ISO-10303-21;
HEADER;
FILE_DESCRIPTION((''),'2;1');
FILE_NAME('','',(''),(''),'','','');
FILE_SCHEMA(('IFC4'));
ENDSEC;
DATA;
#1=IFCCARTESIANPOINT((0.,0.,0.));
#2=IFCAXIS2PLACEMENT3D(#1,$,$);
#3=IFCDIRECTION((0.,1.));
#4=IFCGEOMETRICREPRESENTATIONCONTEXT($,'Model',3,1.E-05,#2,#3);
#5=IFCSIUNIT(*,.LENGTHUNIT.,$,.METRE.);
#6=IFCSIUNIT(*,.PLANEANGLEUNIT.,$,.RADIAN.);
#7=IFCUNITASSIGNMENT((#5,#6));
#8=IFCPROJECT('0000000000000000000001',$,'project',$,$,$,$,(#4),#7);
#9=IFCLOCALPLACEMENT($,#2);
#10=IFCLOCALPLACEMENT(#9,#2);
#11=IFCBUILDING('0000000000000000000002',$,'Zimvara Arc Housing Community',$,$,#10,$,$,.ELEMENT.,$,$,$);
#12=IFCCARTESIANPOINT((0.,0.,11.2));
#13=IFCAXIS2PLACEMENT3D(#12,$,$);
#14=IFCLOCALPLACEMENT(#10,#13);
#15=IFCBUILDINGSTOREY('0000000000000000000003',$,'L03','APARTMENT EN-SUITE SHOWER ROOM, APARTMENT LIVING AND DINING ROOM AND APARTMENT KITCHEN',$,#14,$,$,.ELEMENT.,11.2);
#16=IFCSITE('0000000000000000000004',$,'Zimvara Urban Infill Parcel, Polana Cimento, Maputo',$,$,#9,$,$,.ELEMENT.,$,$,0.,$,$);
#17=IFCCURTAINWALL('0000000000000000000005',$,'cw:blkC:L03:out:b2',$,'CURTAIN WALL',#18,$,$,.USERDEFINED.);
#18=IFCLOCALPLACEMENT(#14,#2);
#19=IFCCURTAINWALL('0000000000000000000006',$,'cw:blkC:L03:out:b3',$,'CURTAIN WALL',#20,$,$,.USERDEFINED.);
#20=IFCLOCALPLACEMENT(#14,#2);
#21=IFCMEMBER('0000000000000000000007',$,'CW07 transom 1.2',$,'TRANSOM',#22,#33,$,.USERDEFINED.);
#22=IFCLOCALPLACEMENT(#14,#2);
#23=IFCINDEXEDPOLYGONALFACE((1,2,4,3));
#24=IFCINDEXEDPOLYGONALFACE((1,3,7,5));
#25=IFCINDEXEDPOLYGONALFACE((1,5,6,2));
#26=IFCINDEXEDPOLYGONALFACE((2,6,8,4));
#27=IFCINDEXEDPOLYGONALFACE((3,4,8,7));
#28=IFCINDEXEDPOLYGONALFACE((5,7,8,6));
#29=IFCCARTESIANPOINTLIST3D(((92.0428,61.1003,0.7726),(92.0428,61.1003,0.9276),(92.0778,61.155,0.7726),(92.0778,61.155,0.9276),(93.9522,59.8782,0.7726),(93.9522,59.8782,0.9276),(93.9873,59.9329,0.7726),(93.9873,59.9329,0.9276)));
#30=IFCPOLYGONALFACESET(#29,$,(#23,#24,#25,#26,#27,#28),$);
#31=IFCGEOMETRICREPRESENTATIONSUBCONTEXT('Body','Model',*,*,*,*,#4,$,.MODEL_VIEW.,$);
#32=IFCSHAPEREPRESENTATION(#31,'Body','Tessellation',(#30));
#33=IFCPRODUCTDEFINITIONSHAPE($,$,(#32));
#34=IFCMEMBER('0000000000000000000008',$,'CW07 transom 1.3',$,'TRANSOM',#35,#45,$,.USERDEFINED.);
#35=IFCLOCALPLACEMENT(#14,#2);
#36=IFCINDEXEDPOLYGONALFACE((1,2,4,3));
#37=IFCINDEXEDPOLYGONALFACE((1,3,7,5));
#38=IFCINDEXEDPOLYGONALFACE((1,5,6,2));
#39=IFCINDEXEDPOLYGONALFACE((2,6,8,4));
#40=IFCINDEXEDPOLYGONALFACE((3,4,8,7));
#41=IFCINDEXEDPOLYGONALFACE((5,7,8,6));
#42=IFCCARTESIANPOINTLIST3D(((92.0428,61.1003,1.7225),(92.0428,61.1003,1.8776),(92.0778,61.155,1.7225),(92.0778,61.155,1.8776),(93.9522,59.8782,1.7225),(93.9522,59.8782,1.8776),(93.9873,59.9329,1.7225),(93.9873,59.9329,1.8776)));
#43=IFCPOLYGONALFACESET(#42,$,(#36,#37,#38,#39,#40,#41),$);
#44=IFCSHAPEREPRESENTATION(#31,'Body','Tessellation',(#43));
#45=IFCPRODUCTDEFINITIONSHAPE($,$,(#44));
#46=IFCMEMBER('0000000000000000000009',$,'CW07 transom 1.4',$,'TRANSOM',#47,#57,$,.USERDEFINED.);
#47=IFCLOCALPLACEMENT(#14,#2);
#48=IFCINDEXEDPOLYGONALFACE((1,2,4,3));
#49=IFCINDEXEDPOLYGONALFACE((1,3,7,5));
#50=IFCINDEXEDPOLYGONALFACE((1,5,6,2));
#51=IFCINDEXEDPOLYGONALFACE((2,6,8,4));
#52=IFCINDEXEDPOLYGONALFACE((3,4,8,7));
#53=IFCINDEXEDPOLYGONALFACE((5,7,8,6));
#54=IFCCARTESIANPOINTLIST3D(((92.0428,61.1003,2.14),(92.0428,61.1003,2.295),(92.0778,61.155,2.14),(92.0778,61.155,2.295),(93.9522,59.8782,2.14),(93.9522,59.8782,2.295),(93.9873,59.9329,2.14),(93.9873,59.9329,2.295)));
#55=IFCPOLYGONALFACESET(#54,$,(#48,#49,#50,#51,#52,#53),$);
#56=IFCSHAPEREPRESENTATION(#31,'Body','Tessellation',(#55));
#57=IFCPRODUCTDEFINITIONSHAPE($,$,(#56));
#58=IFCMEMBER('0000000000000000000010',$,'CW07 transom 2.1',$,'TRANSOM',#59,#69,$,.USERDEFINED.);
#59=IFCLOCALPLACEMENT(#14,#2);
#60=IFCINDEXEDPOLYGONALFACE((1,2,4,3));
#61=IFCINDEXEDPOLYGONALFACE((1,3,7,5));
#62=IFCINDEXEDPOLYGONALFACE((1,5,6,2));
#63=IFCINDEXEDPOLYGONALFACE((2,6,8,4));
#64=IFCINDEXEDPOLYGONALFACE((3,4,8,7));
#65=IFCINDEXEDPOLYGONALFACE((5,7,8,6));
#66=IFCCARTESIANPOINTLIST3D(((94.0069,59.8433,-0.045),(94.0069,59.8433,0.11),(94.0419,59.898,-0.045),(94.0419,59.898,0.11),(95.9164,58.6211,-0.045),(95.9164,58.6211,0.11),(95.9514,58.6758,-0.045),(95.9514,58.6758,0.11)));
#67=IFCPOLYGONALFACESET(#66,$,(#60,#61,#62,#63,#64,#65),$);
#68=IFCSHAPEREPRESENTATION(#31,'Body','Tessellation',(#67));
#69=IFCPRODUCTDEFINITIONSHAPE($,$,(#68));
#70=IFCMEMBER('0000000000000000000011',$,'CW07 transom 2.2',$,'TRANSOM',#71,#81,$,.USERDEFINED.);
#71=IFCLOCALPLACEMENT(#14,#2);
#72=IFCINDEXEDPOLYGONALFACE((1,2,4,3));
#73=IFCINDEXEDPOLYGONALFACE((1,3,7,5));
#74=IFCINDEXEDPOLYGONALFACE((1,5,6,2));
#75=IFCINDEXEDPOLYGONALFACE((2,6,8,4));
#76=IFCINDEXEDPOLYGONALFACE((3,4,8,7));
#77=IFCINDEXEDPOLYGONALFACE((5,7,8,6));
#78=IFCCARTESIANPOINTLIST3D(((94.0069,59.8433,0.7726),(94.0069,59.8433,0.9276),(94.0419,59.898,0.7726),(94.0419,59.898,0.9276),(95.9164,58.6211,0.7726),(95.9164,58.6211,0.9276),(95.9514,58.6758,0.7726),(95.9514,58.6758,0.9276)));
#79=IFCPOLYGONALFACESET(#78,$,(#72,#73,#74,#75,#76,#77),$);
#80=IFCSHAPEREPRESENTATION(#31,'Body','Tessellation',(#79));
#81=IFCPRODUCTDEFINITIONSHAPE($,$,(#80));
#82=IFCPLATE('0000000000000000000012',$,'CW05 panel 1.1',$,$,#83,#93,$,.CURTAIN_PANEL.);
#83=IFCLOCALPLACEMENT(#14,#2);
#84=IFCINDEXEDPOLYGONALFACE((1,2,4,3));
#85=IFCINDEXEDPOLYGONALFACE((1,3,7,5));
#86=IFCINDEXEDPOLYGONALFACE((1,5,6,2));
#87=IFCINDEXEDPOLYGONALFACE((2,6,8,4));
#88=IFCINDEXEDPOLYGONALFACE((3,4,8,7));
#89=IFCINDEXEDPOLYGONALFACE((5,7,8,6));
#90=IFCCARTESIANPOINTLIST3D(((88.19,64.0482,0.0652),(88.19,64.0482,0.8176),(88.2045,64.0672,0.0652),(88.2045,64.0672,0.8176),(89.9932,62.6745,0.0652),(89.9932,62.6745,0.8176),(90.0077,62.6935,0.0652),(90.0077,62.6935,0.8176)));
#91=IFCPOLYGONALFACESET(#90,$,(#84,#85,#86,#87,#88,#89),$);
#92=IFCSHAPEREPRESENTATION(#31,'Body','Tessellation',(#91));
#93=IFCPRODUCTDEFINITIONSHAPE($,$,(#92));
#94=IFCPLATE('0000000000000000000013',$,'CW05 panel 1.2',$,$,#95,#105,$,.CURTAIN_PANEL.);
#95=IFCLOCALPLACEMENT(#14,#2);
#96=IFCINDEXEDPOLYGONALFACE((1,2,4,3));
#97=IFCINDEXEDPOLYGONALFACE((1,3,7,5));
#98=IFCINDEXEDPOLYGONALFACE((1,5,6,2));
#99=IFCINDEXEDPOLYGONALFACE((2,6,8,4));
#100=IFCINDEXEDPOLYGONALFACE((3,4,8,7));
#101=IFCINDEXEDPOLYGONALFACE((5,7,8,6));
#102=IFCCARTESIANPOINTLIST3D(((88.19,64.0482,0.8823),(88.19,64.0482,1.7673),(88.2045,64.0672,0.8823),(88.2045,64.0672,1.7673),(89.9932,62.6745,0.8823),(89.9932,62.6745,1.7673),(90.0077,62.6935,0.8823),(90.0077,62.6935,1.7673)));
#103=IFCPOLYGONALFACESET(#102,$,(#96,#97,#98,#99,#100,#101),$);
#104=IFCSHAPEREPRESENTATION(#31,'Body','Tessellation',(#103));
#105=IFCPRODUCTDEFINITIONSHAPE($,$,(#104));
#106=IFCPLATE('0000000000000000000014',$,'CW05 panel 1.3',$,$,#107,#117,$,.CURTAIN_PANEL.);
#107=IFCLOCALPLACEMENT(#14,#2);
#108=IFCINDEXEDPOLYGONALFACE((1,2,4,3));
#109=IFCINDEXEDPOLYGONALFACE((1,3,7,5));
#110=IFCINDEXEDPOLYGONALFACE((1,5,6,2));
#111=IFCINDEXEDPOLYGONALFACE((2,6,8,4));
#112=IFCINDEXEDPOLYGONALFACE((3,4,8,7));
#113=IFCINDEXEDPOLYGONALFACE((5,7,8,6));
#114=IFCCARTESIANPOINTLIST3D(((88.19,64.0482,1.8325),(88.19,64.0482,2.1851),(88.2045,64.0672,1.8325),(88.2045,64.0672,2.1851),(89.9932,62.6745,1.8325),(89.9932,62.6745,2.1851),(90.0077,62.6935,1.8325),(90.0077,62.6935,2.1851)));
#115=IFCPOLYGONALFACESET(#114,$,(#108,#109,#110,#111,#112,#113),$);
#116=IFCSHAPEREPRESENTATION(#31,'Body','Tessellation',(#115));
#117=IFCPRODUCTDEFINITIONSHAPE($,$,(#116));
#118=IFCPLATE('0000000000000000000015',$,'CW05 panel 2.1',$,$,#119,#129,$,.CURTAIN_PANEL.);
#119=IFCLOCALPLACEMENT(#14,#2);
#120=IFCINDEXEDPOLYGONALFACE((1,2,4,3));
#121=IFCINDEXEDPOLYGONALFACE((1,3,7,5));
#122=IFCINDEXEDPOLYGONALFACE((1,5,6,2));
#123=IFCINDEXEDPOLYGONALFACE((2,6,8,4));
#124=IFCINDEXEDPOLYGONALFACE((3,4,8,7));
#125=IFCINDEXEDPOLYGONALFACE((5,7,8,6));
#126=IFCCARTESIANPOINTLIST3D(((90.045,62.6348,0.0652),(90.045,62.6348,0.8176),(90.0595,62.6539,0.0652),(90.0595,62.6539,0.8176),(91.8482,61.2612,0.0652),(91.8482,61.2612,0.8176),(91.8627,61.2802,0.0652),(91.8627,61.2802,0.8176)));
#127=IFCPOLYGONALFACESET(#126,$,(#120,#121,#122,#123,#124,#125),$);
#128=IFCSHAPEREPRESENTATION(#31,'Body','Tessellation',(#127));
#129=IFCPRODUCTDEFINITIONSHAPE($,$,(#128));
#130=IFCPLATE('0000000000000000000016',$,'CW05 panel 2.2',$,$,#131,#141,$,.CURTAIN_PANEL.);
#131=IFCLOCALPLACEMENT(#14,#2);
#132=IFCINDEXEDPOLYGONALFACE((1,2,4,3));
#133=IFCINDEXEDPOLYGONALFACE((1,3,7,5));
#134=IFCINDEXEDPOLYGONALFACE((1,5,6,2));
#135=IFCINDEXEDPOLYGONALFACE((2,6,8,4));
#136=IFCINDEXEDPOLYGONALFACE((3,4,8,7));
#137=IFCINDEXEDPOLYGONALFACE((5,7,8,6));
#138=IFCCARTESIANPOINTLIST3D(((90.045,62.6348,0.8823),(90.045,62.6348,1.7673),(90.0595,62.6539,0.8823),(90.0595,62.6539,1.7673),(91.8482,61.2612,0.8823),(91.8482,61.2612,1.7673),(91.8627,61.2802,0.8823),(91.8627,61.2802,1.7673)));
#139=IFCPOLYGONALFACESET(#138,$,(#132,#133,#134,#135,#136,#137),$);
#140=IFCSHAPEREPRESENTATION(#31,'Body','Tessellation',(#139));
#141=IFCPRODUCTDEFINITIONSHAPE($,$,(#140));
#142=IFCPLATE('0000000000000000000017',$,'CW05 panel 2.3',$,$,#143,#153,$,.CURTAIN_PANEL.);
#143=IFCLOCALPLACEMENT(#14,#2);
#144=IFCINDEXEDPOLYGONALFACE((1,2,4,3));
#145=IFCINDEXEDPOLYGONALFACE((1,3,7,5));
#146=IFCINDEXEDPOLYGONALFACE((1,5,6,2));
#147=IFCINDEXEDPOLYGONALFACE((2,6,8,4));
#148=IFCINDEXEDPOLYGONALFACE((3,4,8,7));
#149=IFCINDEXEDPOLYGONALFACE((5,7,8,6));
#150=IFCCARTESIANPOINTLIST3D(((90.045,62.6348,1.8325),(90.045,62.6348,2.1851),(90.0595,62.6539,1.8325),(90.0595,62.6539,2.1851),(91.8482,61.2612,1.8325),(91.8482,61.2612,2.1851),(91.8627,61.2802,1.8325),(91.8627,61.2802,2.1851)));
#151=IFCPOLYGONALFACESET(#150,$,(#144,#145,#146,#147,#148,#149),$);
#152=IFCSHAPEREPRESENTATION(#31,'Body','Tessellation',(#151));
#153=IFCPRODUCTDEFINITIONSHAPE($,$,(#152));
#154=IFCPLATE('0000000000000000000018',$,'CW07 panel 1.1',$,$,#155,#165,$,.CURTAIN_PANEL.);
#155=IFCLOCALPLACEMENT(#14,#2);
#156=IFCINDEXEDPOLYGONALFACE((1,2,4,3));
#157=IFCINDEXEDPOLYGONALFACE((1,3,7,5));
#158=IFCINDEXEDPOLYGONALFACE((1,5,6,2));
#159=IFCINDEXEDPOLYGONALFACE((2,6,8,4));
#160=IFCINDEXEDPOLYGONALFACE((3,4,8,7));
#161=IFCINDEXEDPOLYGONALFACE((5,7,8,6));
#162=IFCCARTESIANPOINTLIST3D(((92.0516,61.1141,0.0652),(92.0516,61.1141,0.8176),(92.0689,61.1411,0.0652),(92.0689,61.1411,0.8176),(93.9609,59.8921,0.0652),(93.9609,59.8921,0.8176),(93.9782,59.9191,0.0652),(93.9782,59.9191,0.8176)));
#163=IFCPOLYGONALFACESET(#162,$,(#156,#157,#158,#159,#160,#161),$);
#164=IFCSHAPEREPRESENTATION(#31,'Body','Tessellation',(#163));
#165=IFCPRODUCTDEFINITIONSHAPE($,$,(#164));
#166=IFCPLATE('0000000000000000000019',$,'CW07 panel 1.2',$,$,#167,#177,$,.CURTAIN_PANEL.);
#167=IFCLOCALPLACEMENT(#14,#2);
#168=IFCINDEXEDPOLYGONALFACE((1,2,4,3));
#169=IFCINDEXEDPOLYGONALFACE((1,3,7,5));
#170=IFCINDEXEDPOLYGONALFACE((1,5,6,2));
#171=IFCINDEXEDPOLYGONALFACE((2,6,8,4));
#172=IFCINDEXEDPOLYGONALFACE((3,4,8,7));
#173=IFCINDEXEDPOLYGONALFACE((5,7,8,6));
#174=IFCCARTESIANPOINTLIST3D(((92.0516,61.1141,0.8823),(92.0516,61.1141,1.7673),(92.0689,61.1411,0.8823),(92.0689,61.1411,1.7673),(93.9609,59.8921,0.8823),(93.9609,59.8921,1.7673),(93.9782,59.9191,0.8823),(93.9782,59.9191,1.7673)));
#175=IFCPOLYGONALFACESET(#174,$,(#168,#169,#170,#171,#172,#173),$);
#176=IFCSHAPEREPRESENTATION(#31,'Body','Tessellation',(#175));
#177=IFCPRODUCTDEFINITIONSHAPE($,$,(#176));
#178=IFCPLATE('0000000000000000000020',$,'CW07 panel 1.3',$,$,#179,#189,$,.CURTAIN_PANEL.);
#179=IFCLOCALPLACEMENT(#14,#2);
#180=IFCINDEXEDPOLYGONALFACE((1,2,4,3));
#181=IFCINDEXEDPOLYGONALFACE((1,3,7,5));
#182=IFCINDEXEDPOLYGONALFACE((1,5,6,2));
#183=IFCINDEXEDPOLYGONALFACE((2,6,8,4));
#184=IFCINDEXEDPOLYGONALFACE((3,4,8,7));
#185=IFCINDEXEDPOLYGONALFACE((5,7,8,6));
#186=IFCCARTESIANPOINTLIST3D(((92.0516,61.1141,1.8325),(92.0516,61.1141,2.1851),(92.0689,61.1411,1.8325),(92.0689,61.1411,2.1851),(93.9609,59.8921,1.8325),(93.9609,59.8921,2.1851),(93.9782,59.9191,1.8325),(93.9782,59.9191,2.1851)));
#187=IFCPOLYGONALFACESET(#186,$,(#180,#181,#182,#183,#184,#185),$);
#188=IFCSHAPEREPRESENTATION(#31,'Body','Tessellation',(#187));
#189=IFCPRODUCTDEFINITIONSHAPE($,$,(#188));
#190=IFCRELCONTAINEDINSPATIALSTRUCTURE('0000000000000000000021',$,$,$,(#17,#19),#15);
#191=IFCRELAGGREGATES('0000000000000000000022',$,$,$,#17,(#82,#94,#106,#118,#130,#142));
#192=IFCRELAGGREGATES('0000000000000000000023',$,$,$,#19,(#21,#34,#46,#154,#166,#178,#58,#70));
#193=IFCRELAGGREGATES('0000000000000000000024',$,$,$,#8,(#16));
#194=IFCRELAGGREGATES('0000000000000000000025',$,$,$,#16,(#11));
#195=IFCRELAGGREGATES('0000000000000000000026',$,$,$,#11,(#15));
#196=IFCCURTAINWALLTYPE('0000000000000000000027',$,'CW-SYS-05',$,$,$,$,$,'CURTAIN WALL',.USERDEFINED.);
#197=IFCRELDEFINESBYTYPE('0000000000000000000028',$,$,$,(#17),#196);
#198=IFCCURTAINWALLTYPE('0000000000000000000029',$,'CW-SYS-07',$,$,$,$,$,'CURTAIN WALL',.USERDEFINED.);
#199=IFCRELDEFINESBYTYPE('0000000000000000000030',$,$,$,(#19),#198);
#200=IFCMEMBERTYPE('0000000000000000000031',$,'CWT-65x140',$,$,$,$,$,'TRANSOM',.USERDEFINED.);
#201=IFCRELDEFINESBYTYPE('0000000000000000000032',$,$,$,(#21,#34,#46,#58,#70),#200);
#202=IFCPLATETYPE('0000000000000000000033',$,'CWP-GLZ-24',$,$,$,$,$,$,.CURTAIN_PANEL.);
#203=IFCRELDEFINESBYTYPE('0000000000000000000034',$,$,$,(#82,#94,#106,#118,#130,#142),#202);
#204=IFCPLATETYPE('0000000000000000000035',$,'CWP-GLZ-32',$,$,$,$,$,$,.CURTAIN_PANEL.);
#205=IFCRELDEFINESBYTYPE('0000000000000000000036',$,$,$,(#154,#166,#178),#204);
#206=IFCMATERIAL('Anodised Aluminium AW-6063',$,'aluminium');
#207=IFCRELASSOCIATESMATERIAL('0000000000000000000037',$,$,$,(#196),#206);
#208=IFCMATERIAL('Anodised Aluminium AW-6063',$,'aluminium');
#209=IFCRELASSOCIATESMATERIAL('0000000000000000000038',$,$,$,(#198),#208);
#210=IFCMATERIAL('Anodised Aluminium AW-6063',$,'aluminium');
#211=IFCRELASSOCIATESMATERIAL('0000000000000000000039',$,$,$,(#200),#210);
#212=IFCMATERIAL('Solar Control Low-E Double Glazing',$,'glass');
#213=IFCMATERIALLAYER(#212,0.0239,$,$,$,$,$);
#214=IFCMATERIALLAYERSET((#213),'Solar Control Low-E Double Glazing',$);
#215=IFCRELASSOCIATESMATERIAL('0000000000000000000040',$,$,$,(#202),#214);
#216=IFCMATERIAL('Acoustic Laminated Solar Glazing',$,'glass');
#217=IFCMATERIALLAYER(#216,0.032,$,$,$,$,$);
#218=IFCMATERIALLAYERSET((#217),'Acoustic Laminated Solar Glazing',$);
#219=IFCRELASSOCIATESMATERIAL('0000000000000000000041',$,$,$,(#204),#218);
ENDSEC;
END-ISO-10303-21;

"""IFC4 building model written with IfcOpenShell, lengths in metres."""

from ifc_helpers import new_model, si_unit, direction, frame, origin, origin_2d, place, context, subcontext, project, spatial, rectangle, extrude, material, layer, layer_set, material_profile, profile_set, type_object, element, aggregate, save


model = new_model("IFC4")

# Units and contexts
model_context = context("Model", 3, precision=1e-05, world=origin(), true_north=direction((0.0, 1.0)))
body_context = subcontext(model_context, "Body", "Model", "MODEL_VIEW")
ifc_project = project(units=[si_unit("LENGTHUNIT", "METRE"), si_unit("PLANEANGLEUNIT", "RADIAN")], contexts=[model_context])

# Site, building, storey
site_placement = place(None, origin())
site = spatial("IfcSite", under=ifc_project, at=site_placement, Name="Zimvara Urban Infill Parcel, Polana Cimento, Maputo", CompositionType="ELEMENT", RefElevation=0.0)
building_placement = place(site_placement, origin())
building = spatial("IfcBuilding", under=site, at=building_placement, Name="Zimvara Arc Housing Community", CompositionType="ELEMENT")
storey_placement = place(building_placement, frame((0.0, 0.0, 11.2)))
storey = spatial("IfcBuildingStorey", under=building, at=storey_placement, Name="L03", Description="APARTMENT EN-SUITE SHOWER ROOM, APARTMENT LIVING AND DINING ROOM AND APARTMENT KITCHEN", CompositionType="ELEMENT", Elevation=11.2)

# Curtain walls
ifc_material_1 = material(Name="Anodised Aluminium AW-6063", Category="aluminium")
curtain_wall_type_1 = type_object("IfcCurtainWallType", Name="CW-SYS-05", ElementType="CURTAIN WALL", PredefinedType="USERDEFINED", material=ifc_material_1)
curtain_wall_1_placement = place(storey_placement, origin())
curtain_wall_1 = element("IfcCurtainWall", 1, at=curtain_wall_1_placement, inside=storey, type_object=curtain_wall_type_1, Name="cw:blkC:L03:out:b2", ObjectType="CURTAIN WALL", PredefinedType="USERDEFINED")
ifc_material_2 = material(Name="Anodised Aluminium AW-6063", Category="aluminium")
curtain_wall_type_2 = type_object("IfcCurtainWallType", Name="CW-SYS-07", ElementType="CURTAIN WALL", PredefinedType="USERDEFINED", material=ifc_material_2)
curtain_wall_2_placement = place(storey_placement, origin())
curtain_wall_2 = element("IfcCurtainWall", 2, at=curtain_wall_2_placement, inside=storey, type_object=curtain_wall_type_2, Name="cw:blkC:L03:out:b3", ObjectType="CURTAIN WALL", PredefinedType="USERDEFINED")

# Members
ifc_material_3 = material(Name="Anodised Aluminium AW-6063", Category="aluminium")
ifc_material_profile_1 = material_profile(ifc_material_3, rectangle(XDim=0.0649, YDim=0.155, at=origin_2d()), Name="ALU 65x155")
ifc_profile_set_1 = profile_set([ifc_material_profile_1], Name="Anodised Aluminium AW-6063")
member_type_1 = type_object("IfcMemberType", Name="CWT-65x140", ElementType="TRANSOM", PredefinedType="USERDEFINED", material=ifc_profile_set_1)
member_1_placement = place(storey_placement, frame((92.0603, 61.1277, 0.8501), z_axis=(0.842244, -0.539096, 0.0), x_axis=(0.539096, 0.842244, 0.0)))
member_1 = element("IfcMember", 3, at=member_1_placement, type_object=member_type_1, Name="CW07 transom 1.2", ObjectType="TRANSOM", PredefinedType="USERDEFINED", context=body_context, shape_type="SweptSolid", body=[
    extrude(rectangle(XDim=0.0649, YDim=0.155, at=origin_2d()), origin(), (0.0, 0.0, 1.0), 2.2671),
])
member_2_placement = place(storey_placement, frame((92.0603, 61.1277, 1.8), z_axis=(0.842244, -0.539096, 0.0), x_axis=(0.539096, 0.842244, 0.0)))
member_2 = element("IfcMember", 4, at=member_2_placement, type_object=member_type_1, Name="CW07 transom 1.3", ObjectType="TRANSOM", PredefinedType="USERDEFINED", context=body_context, shape_type="SweptSolid", body=[
    extrude(rectangle(XDim=0.0649, YDim=0.155, at=origin_2d()), origin(), (0.0, 0.0, 1.0), 2.2671),
])
member_3_placement = place(storey_placement, frame((92.0603, 61.1277, 2.2175), z_axis=(0.842244, -0.539096, 0.0), x_axis=(0.539096, 0.842244, 0.0)))
member_3 = element("IfcMember", 5, at=member_3_placement, type_object=member_type_1, Name="CW07 transom 1.4", ObjectType="TRANSOM", PredefinedType="USERDEFINED", context=body_context, shape_type="SweptSolid", body=[
    extrude(rectangle(XDim=0.0649, YDim=0.155, at=origin_2d()), origin(), (0.0, 0.0, 1.0), 2.2671),
])
member_4_placement = place(storey_placement, frame((94.0244, 59.8706, 0.0325), z_axis=(0.842244, -0.539096, 0.0), x_axis=(0.539096, 0.842244, 0.0)))
member_4 = element("IfcMember", 6, at=member_4_placement, type_object=member_type_1, Name="CW07 transom 2.1", ObjectType="TRANSOM", PredefinedType="USERDEFINED", context=body_context, shape_type="SweptSolid", body=[
    extrude(rectangle(XDim=0.0649, YDim=0.155, at=origin_2d()), origin(), (0.0, 0.0, 1.0), 2.2671),
])
member_5_placement = place(storey_placement, frame((94.0244, 59.8706, 0.8501), z_axis=(0.842244, -0.539096, 0.0), x_axis=(0.539096, 0.842244, 0.0)))
member_5 = element("IfcMember", 7, at=member_5_placement, type_object=member_type_1, Name="CW07 transom 2.2", ObjectType="TRANSOM", PredefinedType="USERDEFINED", context=body_context, shape_type="SweptSolid", body=[
    extrude(rectangle(XDim=0.0649, YDim=0.155, at=origin_2d()), origin(), (0.0, 0.0, 1.0), 2.2671),
])

# Plates
ifc_material_4 = material(Name="Solar Control Low-E Double Glazing", Category="glass")
ifc_layer_1 = layer(ifc_material_4, 0.0239)
ifc_layer_set_1 = layer_set([ifc_layer_1], Name="Solar Control Low-E Double Glazing")
plate_type_1 = type_object("IfcPlateType", Name="CWP-GLZ-24", PredefinedType="CURTAIN_PANEL", material=ifc_layer_set_1)
plate_1_placement = place(storey_placement, frame((89.0989, 63.3708, 0.0652), z_axis=(0.0, 0.0, 1.0), x_axis=(0.795474, -0.605988, 0.0)))
plate_1 = element("IfcPlate", 8, at=plate_1_placement, type_object=plate_type_1, Name="CW05 panel 1.1", PredefinedType="CURTAIN_PANEL", context=body_context, shape_type="SweptSolid", body=[
    extrude(rectangle(XDim=2.2668, YDim=0.0239, at=origin_2d()), origin(), (0.0, 0.0, 1.0), 0.7524),
])
plate_2_placement = place(storey_placement, frame((89.0989, 63.3708, 0.8823), z_axis=(0.0, 0.0, 1.0), x_axis=(0.795474, -0.605988, 0.0)))
plate_2 = element("IfcPlate", 9, at=plate_2_placement, type_object=plate_type_1, Name="CW05 panel 1.2", PredefinedType="CURTAIN_PANEL", context=body_context, shape_type="SweptSolid", body=[
    extrude(rectangle(XDim=2.2668, YDim=0.0239, at=origin_2d()), origin(), (0.0, 0.0, 1.0), 0.885),
])
plate_3_placement = place(storey_placement, frame((89.0989, 63.3708, 1.8325), z_axis=(0.0, 0.0, 1.0), x_axis=(0.795474, -0.605988, 0.0)))
plate_3 = element("IfcPlate", 10, at=plate_3_placement, type_object=plate_type_1, Name="CW05 panel 1.3", PredefinedType="CURTAIN_PANEL", context=body_context, shape_type="SweptSolid", body=[
    extrude(rectangle(XDim=2.2668, YDim=0.0239, at=origin_2d()), origin(), (0.0, 0.0, 1.0), 0.3525),
])
plate_4_placement = place(storey_placement, frame((90.9539, 61.9575, 0.0652), z_axis=(0.0, 0.0, 1.0), x_axis=(0.795474, -0.605988, 0.0)))
plate_4 = element("IfcPlate", 11, at=plate_4_placement, type_object=plate_type_1, Name="CW05 panel 2.1", PredefinedType="CURTAIN_PANEL", context=body_context, shape_type="SweptSolid", body=[
    extrude(rectangle(XDim=2.2668, YDim=0.0239, at=origin_2d()), origin(), (0.0, 0.0, 1.0), 0.7524),
])
plate_5_placement = place(storey_placement, frame((90.9539, 61.9575, 0.8823), z_axis=(0.0, 0.0, 1.0), x_axis=(0.795474, -0.605988, 0.0)))
plate_5 = element("IfcPlate", 12, at=plate_5_placement, type_object=plate_type_1, Name="CW05 panel 2.2", PredefinedType="CURTAIN_PANEL", context=body_context, shape_type="SweptSolid", body=[
    extrude(rectangle(XDim=2.2668, YDim=0.0239, at=origin_2d()), origin(), (0.0, 0.0, 1.0), 0.885),
])
plate_6_placement = place(storey_placement, frame((90.9539, 61.9575, 1.8325), z_axis=(0.0, 0.0, 1.0), x_axis=(0.795474, -0.605988, 0.0)))
plate_6 = element("IfcPlate", 13, at=plate_6_placement, type_object=plate_type_1, Name="CW05 panel 2.3", PredefinedType="CURTAIN_PANEL", context=body_context, shape_type="SweptSolid", body=[
    extrude(rectangle(XDim=2.2668, YDim=0.0239, at=origin_2d()), origin(), (0.0, 0.0, 1.0), 0.3525),
])
aggregate(curtain_wall_1, [plate_1, plate_2, plate_3, plate_4, plate_5, plate_6])
ifc_material_5 = material(Name="Acoustic Laminated Solar Glazing", Category="glass")
ifc_layer_2 = layer(ifc_material_5, 0.032)
ifc_layer_set_2 = layer_set([ifc_layer_2], Name="Acoustic Laminated Solar Glazing")
plate_type_2 = type_object("IfcPlateType", Name="CWP-GLZ-32", PredefinedType="CURTAIN_PANEL", material=ifc_layer_set_2)
plate_7_placement = place(storey_placement, frame((93.0149, 60.5166, 0.0652), z_axis=(0.0, 0.0, 1.0), x_axis=(0.842264, -0.539065, 0.0)))
plate_7 = element("IfcPlate", 14, at=plate_7_placement, type_object=plate_type_2, Name="CW07 panel 1.1", PredefinedType="CURTAIN_PANEL", context=body_context, shape_type="SweptSolid", body=[
    extrude(rectangle(XDim=2.2668, YDim=0.032, at=origin_2d()), origin(), (0.0, 0.0, 1.0), 0.7524),
])
plate_8_placement = place(storey_placement, frame((93.0149, 60.5166, 0.8823), z_axis=(0.0, 0.0, 1.0), x_axis=(0.842264, -0.539065, 0.0)))
plate_8 = element("IfcPlate", 15, at=plate_8_placement, type_object=plate_type_2, Name="CW07 panel 1.2", PredefinedType="CURTAIN_PANEL", context=body_context, shape_type="SweptSolid", body=[
    extrude(rectangle(XDim=2.2668, YDim=0.032, at=origin_2d()), origin(), (0.0, 0.0, 1.0), 0.885),
])
plate_9_placement = place(storey_placement, frame((93.0149, 60.5166, 1.8325), z_axis=(0.0, 0.0, 1.0), x_axis=(0.842264, -0.539065, 0.0)))
plate_9 = element("IfcPlate", 16, at=plate_9_placement, type_object=plate_type_2, Name="CW07 panel 1.3", PredefinedType="CURTAIN_PANEL", context=body_context, shape_type="SweptSolid", body=[
    extrude(rectangle(XDim=2.2668, YDim=0.032, at=origin_2d()), origin(), (0.0, 0.0, 1.0), 0.3525),
])
aggregate(curtain_wall_2, [member_1, member_2, member_3, plate_7, plate_8, plate_9, member_4, member_5])

save(model, "model.ifc")
